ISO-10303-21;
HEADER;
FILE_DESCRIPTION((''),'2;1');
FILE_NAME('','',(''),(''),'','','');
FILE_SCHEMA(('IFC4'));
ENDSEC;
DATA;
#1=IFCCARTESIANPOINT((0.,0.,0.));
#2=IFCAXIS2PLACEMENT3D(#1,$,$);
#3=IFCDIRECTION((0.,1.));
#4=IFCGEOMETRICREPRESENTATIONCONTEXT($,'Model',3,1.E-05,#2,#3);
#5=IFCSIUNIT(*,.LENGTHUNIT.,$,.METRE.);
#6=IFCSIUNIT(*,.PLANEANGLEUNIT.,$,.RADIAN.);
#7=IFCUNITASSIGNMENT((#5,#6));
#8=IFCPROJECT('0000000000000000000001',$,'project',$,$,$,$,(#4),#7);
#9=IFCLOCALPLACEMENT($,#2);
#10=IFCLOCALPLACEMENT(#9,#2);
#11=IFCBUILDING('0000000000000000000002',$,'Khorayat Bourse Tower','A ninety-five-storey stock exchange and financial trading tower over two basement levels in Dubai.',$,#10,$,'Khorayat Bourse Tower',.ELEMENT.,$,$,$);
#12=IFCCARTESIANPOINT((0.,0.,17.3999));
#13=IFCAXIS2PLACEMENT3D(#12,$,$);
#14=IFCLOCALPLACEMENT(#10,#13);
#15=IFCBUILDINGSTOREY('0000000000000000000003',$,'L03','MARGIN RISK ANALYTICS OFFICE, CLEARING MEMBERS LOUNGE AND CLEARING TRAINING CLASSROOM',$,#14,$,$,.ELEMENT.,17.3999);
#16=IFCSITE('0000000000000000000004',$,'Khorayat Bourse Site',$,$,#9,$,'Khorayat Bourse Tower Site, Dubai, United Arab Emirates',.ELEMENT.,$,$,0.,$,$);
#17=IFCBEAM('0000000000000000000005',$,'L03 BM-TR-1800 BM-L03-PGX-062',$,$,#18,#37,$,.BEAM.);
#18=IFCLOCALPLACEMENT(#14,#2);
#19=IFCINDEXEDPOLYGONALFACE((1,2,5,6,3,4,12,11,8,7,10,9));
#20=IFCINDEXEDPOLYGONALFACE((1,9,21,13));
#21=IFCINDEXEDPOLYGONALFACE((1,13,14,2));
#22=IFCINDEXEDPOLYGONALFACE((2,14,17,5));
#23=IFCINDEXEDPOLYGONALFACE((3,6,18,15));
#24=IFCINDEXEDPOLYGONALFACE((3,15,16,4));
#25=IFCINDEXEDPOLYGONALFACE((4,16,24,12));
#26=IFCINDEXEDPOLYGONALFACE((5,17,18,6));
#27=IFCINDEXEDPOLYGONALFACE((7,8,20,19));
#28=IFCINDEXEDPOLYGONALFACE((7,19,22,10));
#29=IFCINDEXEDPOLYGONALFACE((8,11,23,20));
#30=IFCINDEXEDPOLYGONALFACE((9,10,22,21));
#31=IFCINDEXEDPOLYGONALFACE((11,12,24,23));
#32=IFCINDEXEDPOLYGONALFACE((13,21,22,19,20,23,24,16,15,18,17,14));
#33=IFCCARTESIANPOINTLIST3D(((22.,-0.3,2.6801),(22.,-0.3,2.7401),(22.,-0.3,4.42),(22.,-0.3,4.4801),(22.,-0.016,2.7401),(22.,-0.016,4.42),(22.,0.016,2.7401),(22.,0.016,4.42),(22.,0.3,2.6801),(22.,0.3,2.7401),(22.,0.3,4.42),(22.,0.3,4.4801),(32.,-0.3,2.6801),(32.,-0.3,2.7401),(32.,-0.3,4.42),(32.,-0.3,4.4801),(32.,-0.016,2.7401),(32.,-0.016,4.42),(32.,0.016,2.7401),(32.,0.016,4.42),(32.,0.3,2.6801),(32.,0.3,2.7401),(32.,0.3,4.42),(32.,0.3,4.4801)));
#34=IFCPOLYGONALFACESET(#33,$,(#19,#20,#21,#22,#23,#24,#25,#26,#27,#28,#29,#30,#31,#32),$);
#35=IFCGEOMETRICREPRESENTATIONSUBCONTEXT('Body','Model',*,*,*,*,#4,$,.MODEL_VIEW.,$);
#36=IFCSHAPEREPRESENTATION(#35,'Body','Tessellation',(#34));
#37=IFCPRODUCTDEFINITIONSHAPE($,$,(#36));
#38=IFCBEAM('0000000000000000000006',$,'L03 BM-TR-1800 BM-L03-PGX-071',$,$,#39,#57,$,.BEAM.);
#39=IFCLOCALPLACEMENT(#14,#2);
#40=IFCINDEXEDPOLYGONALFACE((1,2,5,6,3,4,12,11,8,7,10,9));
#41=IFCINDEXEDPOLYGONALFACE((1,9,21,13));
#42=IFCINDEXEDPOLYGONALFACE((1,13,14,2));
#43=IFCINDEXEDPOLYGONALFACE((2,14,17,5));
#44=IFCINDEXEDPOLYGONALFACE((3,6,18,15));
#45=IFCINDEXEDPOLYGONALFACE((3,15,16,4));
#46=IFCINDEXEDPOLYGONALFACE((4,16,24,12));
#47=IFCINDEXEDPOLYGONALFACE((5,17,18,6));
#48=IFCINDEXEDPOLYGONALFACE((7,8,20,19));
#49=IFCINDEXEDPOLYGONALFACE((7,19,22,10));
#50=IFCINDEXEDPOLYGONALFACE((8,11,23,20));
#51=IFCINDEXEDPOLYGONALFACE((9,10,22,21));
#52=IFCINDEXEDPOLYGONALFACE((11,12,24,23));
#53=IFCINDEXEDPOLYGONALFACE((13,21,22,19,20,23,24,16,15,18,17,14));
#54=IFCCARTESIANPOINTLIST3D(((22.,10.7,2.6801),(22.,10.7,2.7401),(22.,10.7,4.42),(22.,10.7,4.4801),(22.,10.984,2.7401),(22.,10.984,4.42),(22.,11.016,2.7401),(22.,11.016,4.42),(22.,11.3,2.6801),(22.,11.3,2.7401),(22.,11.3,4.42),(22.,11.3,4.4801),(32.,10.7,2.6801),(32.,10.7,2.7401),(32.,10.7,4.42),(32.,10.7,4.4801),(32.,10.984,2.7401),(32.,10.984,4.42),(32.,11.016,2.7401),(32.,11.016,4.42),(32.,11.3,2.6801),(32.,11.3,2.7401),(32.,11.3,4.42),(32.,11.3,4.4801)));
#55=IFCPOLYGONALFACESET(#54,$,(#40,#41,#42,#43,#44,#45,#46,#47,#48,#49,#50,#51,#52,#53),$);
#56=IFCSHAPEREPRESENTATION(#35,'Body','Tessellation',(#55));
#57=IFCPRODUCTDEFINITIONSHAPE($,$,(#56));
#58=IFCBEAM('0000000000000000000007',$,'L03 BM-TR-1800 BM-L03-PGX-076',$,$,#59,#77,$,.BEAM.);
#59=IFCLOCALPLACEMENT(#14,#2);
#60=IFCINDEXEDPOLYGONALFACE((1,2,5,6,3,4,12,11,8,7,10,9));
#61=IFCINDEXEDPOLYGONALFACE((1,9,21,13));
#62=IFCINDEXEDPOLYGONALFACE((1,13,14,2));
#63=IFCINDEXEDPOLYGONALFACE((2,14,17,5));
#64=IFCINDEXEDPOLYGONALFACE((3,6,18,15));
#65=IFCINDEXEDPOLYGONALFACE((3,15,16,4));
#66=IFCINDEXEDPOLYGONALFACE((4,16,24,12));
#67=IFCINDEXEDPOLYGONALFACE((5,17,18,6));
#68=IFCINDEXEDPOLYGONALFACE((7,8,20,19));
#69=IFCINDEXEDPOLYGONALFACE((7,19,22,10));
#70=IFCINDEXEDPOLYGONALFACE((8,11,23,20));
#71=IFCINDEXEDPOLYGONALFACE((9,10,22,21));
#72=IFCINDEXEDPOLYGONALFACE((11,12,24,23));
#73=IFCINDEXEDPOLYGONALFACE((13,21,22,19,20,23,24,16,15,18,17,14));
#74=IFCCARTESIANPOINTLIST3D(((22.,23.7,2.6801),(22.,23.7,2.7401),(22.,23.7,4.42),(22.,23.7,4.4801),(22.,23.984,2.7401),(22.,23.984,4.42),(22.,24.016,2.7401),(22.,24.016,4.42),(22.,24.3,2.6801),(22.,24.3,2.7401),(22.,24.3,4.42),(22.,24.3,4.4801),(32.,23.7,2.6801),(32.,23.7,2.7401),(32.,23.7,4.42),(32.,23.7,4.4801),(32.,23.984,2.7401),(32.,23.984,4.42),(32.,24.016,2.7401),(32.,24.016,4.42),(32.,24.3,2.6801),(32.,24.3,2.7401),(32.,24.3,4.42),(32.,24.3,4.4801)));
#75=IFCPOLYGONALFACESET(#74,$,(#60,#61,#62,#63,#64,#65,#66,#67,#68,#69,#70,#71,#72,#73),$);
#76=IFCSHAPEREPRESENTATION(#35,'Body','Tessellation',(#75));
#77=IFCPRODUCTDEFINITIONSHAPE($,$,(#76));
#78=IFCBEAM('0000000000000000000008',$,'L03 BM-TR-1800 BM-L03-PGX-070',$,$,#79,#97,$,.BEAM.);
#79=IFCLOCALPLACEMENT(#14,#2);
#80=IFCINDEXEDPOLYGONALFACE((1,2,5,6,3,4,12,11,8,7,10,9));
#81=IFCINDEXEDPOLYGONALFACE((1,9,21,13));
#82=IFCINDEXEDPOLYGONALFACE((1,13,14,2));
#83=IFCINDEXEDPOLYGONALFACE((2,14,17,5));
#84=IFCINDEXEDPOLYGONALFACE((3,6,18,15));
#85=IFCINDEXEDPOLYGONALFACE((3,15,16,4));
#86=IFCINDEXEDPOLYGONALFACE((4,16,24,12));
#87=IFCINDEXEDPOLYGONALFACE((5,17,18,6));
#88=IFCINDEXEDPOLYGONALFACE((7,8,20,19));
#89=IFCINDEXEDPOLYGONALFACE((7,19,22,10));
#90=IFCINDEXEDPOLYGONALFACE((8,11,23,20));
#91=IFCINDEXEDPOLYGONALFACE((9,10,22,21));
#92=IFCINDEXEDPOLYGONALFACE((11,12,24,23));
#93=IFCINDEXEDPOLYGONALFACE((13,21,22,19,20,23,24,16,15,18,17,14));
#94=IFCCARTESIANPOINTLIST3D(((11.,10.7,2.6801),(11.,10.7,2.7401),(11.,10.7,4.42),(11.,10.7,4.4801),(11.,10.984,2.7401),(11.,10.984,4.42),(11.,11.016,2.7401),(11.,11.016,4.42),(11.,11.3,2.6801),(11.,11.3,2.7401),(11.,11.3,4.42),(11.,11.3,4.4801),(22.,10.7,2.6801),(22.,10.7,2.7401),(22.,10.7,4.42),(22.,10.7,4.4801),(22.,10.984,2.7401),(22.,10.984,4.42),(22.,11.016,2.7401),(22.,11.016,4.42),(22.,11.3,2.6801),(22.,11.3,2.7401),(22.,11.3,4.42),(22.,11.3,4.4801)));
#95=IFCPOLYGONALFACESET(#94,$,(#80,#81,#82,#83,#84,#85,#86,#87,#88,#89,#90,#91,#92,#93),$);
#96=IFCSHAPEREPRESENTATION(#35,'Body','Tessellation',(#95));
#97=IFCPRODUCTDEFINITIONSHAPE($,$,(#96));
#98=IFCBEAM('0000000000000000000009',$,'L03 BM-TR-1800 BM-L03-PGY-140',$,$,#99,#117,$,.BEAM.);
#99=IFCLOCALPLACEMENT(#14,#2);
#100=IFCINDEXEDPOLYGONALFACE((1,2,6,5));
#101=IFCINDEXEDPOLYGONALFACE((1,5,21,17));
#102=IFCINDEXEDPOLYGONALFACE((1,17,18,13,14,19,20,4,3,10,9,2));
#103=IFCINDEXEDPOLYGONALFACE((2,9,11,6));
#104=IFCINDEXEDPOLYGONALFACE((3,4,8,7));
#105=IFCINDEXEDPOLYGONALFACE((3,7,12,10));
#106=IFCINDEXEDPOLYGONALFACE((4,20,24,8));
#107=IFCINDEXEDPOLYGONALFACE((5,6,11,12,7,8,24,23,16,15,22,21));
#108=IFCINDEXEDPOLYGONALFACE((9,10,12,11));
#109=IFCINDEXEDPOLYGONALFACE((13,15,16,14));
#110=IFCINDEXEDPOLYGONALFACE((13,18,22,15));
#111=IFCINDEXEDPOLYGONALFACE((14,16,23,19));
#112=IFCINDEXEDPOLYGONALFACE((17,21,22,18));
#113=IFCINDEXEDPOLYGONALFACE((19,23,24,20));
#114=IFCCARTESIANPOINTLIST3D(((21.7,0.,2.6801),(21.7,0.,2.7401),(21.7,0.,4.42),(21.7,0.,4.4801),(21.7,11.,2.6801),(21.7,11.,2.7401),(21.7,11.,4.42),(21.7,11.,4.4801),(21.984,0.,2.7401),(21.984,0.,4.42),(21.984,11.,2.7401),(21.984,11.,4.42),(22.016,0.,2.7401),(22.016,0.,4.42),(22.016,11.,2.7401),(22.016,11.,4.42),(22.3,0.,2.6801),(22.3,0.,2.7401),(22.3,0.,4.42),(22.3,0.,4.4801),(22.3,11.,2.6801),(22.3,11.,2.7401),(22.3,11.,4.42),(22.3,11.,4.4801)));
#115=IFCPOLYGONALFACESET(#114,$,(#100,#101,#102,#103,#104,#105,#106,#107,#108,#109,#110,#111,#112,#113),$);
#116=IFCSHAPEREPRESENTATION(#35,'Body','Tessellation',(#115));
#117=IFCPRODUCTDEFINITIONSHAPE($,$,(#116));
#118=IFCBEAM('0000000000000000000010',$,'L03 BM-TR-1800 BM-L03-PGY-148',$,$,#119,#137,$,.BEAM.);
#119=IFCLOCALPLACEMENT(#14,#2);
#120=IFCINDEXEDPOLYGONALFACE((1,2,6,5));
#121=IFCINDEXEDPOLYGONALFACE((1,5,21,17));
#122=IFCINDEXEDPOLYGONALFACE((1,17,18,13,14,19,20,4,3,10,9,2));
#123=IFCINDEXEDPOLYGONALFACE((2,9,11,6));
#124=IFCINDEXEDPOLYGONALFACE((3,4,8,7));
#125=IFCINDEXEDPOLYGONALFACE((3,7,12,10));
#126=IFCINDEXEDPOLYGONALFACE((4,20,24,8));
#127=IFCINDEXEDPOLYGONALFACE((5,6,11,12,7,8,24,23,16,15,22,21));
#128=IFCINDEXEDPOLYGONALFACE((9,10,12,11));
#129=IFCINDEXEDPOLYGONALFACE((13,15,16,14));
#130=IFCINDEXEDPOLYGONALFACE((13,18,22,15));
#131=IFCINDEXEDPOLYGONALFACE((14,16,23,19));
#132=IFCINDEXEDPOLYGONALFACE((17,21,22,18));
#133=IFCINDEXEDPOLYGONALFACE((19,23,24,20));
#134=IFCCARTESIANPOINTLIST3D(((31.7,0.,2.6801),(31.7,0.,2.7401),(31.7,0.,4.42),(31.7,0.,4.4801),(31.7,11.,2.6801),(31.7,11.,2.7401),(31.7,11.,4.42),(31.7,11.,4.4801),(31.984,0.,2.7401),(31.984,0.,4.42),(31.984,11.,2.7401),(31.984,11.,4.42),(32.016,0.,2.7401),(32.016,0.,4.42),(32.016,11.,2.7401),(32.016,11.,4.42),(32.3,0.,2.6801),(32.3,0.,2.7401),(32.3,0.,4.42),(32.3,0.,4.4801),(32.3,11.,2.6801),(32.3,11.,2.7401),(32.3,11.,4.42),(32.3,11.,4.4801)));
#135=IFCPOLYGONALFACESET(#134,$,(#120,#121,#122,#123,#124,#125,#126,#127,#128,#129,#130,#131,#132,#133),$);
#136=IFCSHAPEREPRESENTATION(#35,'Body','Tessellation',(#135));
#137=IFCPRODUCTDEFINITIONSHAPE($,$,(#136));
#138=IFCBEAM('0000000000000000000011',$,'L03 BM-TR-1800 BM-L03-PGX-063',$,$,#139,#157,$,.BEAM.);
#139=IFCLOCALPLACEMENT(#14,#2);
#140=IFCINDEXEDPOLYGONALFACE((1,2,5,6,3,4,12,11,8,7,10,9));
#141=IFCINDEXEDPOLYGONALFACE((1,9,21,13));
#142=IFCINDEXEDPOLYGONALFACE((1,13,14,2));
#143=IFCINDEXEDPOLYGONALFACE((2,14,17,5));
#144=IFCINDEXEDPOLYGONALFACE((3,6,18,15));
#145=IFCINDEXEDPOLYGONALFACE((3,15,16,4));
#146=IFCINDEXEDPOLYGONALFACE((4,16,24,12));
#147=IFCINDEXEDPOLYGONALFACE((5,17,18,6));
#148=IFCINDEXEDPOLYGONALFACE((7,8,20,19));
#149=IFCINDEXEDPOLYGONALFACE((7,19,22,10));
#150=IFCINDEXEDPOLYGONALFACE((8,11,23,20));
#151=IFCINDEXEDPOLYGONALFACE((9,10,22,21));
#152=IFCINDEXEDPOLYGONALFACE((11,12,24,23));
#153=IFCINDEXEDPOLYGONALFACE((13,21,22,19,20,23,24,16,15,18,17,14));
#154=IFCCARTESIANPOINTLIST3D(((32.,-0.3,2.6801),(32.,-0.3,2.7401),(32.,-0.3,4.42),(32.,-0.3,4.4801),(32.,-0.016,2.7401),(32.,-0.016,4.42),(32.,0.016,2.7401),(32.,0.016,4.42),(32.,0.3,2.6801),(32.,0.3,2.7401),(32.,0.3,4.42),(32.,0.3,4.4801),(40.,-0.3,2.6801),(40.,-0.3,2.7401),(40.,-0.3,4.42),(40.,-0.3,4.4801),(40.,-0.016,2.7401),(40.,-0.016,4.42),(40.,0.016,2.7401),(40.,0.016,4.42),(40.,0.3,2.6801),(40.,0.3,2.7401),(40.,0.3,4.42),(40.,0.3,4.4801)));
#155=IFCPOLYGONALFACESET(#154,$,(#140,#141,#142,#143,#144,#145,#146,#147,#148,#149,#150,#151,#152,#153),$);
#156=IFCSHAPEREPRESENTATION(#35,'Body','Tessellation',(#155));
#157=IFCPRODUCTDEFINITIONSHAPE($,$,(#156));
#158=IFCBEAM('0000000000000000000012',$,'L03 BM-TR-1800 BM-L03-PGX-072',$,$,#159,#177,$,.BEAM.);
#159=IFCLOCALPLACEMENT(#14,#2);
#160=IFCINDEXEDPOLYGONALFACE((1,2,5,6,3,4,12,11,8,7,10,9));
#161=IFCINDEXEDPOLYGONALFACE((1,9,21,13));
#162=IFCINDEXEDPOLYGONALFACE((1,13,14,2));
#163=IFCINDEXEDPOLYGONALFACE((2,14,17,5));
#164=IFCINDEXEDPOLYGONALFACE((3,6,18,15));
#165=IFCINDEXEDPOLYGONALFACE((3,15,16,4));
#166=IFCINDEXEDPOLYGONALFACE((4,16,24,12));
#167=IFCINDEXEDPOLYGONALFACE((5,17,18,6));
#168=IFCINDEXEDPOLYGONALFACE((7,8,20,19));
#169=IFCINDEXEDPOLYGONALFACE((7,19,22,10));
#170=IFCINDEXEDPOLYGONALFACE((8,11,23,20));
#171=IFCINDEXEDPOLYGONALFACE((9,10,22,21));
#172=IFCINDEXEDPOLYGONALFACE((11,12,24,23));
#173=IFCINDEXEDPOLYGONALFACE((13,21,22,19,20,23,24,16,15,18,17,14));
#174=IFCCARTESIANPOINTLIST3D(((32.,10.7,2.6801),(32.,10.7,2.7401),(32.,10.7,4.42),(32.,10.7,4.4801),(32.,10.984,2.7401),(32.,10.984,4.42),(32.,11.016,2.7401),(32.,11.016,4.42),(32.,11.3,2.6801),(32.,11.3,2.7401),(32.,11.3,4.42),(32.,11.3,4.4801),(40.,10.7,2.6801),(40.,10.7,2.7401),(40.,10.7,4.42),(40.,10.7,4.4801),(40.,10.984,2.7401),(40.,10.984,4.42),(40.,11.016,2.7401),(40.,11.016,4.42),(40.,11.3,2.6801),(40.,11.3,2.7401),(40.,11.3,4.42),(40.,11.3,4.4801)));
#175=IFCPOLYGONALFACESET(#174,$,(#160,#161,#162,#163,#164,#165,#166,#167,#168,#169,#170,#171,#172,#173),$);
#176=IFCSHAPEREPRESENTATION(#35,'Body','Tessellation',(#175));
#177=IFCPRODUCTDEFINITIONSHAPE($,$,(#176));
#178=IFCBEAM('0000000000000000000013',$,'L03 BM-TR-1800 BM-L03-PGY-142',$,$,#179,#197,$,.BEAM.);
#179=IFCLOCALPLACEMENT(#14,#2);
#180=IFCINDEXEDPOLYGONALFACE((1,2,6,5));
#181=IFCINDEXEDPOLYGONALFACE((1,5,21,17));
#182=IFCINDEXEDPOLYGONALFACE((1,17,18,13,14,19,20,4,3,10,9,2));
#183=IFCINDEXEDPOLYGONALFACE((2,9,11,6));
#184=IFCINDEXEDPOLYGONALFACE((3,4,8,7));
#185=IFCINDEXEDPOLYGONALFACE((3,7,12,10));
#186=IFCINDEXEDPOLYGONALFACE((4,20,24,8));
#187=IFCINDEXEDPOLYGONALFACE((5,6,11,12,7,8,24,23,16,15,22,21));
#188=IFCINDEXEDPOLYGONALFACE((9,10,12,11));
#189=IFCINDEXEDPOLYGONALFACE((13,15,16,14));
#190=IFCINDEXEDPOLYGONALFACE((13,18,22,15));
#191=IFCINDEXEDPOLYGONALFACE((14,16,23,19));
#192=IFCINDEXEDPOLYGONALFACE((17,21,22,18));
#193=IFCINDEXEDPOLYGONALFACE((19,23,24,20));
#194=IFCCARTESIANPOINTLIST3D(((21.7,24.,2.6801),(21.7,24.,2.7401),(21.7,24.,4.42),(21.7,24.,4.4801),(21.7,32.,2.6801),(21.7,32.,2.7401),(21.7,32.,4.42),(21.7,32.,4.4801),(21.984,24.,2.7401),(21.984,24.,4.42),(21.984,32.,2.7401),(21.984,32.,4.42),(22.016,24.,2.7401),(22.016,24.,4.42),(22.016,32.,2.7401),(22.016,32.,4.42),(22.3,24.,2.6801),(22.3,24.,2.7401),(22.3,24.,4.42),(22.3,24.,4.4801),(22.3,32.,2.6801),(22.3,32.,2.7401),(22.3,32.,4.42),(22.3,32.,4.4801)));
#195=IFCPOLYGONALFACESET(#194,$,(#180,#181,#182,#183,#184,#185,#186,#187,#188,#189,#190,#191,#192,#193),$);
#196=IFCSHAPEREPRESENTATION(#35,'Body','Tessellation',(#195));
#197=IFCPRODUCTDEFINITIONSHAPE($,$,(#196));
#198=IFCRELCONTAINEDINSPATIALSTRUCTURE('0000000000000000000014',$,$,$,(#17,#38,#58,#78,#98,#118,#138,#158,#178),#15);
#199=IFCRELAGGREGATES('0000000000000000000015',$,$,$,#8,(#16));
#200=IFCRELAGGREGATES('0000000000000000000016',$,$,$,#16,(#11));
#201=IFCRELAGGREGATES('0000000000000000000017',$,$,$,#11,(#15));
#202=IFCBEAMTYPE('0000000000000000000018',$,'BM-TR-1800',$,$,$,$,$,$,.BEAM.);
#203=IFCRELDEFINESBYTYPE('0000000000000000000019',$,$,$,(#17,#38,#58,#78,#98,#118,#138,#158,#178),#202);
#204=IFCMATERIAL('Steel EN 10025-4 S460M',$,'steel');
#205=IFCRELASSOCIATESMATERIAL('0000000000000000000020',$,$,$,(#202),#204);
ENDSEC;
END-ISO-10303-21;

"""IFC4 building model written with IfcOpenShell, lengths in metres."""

from ifc_helpers import new_model, si_unit, direction, frame, origin, origin_2d, place, context, subcontext, project, spatial, i_section, extrude, source, transform, mapped, material, material_profile, profile_set, type_object, element, save


model = new_model("IFC4")

# Units and contexts
model_context = context("Model", 3, precision=1e-05, world=origin(), true_north=direction((0.0, 1.0)))
body_context = subcontext(model_context, "Body", "Model", "MODEL_VIEW")
ifc_project = project(units=[si_unit("LENGTHUNIT", "METRE"), si_unit("PLANEANGLEUNIT", "RADIAN")], contexts=[model_context])

# Site, building, storey
site_placement = place(None, origin())
site = spatial("IfcSite", under=ifc_project, at=site_placement, Name="Khorayat Bourse Site", LongName="Khorayat Bourse Tower Site, Dubai, United Arab Emirates", CompositionType="ELEMENT", RefElevation=0.0)
building_placement = place(site_placement, origin())
building = spatial("IfcBuilding", under=site, at=building_placement, Name="Khorayat Bourse Tower", Description="A ninety-five-storey stock exchange and financial trading tower over two basement levels in Dubai.", LongName="Khorayat Bourse Tower", CompositionType="ELEMENT")
storey_placement = place(building_placement, frame((0.0, 0.0, 17.3999)))
storey = spatial("IfcBuildingStorey", under=building, at=storey_placement, Name="L03", Description="MARGIN RISK ANALYTICS OFFICE, CLEARING MEMBERS LOUNGE AND CLEARING TRAINING CLASSROOM", CompositionType="ELEMENT", Elevation=17.3999)

# Beams
ifc_material_1 = material(Name="Steel EN 10025-4 S460M", Category="steel")
ifc_material_profile_1 = material_profile(ifc_material_1, i_section(OverallWidth=0.6001, OverallDepth=1.8, WebThickness=0.032, FlangeThickness=0.0601, at=origin_2d()), Name="PG 1800x600x32x60")
ifc_profile_set_1 = profile_set([ifc_material_profile_1], Name="Steel EN 10025-4 S460M")
beam_type_1 = type_object("IfcBeamType", Name="BM-TR-1800", PredefinedType="BEAM", material=ifc_profile_set_1)
shared_shape_1 = source(origin(), body_context, "Body", "SweptSolid", [
    extrude(i_section(OverallWidth=0.6001, OverallDepth=1.8, WebThickness=0.032, FlangeThickness=0.0601, at=origin_2d()), origin(), (0.0, 0.0, 1.0), 10.0),
])
for number, where, z_axis, x_axis, name in (
    (1, (22.0, 0.0, 3.5801), (1.0, 0.0, 0.0), (0.0, 1.0, 0.0), "L03 BM-TR-1800 BM-L03-PGX-062"),
    (2, (22.0, 11.0, 3.5801), (1.0, 0.0, 0.0), (0.0, 1.0, 0.0), "L03 BM-TR-1800 BM-L03-PGX-071"),
    (3, (22.0, 24.0, 3.5801), (1.0, 0.0, 0.0), (0.0, 1.0, 0.0), "L03 BM-TR-1800 BM-L03-PGX-076"),
):
    element("IfcBeam", number, at=place(storey_placement, frame(where, z_axis=z_axis, x_axis=x_axis)), inside=storey, type_object=beam_type_1, Name=name, PredefinedType="BEAM", context=body_context, shape_type="MappedRepresentation", body=[
        mapped(shared_shape_1, transform((0.0, 0.0, 0.0), scale=1.0)),
    ])
shared_shape_2 = source(origin(), body_context, "Body", "SweptSolid", [
    extrude(i_section(OverallWidth=0.6001, OverallDepth=1.8, WebThickness=0.032, FlangeThickness=0.0601, at=origin_2d()), origin(), (0.0, 0.0, 1.0), 11.0),
])
for number, where, z_axis, x_axis, name in (
    (4, (11.0, 11.0, 3.5801), (1.0, 0.0, 0.0), (0.0, 1.0, 0.0), "L03 BM-TR-1800 BM-L03-PGX-070"),
    (5, (22.0, 0.0, 3.5801), (0.0, 1.0, 0.0), (-1.0, 0.0, 0.0), "L03 BM-TR-1800 BM-L03-PGY-140"),
    (6, (32.0, 0.0, 3.5801), (0.0, 1.0, 0.0), (-1.0, 0.0, 0.0), "L03 BM-TR-1800 BM-L03-PGY-148"),
):
    element("IfcBeam", number, at=place(storey_placement, frame(where, z_axis=z_axis, x_axis=x_axis)), inside=storey, type_object=beam_type_1, Name=name, PredefinedType="BEAM", context=body_context, shape_type="MappedRepresentation", body=[
        mapped(shared_shape_2, transform((0.0, 0.0, 0.0), scale=1.0)),
    ])
shared_shape_3 = source(origin(), body_context, "Body", "SweptSolid", [
    extrude(i_section(OverallWidth=0.6001, OverallDepth=1.8, WebThickness=0.032, FlangeThickness=0.0601, at=origin_2d()), origin(), (0.0, 0.0, 1.0), 8.0),
])
for number, where, z_axis, x_axis, name in (
    (7, (32.0, 0.0, 3.5801), (1.0, 0.0, 0.0), (0.0, 1.0, 0.0), "L03 BM-TR-1800 BM-L03-PGX-063"),
    (8, (32.0, 11.0, 3.5801), (1.0, 0.0, 0.0), (0.0, 1.0, 0.0), "L03 BM-TR-1800 BM-L03-PGX-072"),
    (9, (22.0, 24.0, 3.5801), (0.0, 1.0, 0.0), (-1.0, 0.0, 0.0), "L03 BM-TR-1800 BM-L03-PGY-142"),
):
    element("IfcBeam", number, at=place(storey_placement, frame(where, z_axis=z_axis, x_axis=x_axis)), inside=storey, type_object=beam_type_1, Name=name, PredefinedType="BEAM", context=body_context, shape_type="MappedRepresentation", body=[
        mapped(shared_shape_3, transform((0.0, 0.0, 0.0), scale=1.0)),
    ])

save(model, "model.ifc")
